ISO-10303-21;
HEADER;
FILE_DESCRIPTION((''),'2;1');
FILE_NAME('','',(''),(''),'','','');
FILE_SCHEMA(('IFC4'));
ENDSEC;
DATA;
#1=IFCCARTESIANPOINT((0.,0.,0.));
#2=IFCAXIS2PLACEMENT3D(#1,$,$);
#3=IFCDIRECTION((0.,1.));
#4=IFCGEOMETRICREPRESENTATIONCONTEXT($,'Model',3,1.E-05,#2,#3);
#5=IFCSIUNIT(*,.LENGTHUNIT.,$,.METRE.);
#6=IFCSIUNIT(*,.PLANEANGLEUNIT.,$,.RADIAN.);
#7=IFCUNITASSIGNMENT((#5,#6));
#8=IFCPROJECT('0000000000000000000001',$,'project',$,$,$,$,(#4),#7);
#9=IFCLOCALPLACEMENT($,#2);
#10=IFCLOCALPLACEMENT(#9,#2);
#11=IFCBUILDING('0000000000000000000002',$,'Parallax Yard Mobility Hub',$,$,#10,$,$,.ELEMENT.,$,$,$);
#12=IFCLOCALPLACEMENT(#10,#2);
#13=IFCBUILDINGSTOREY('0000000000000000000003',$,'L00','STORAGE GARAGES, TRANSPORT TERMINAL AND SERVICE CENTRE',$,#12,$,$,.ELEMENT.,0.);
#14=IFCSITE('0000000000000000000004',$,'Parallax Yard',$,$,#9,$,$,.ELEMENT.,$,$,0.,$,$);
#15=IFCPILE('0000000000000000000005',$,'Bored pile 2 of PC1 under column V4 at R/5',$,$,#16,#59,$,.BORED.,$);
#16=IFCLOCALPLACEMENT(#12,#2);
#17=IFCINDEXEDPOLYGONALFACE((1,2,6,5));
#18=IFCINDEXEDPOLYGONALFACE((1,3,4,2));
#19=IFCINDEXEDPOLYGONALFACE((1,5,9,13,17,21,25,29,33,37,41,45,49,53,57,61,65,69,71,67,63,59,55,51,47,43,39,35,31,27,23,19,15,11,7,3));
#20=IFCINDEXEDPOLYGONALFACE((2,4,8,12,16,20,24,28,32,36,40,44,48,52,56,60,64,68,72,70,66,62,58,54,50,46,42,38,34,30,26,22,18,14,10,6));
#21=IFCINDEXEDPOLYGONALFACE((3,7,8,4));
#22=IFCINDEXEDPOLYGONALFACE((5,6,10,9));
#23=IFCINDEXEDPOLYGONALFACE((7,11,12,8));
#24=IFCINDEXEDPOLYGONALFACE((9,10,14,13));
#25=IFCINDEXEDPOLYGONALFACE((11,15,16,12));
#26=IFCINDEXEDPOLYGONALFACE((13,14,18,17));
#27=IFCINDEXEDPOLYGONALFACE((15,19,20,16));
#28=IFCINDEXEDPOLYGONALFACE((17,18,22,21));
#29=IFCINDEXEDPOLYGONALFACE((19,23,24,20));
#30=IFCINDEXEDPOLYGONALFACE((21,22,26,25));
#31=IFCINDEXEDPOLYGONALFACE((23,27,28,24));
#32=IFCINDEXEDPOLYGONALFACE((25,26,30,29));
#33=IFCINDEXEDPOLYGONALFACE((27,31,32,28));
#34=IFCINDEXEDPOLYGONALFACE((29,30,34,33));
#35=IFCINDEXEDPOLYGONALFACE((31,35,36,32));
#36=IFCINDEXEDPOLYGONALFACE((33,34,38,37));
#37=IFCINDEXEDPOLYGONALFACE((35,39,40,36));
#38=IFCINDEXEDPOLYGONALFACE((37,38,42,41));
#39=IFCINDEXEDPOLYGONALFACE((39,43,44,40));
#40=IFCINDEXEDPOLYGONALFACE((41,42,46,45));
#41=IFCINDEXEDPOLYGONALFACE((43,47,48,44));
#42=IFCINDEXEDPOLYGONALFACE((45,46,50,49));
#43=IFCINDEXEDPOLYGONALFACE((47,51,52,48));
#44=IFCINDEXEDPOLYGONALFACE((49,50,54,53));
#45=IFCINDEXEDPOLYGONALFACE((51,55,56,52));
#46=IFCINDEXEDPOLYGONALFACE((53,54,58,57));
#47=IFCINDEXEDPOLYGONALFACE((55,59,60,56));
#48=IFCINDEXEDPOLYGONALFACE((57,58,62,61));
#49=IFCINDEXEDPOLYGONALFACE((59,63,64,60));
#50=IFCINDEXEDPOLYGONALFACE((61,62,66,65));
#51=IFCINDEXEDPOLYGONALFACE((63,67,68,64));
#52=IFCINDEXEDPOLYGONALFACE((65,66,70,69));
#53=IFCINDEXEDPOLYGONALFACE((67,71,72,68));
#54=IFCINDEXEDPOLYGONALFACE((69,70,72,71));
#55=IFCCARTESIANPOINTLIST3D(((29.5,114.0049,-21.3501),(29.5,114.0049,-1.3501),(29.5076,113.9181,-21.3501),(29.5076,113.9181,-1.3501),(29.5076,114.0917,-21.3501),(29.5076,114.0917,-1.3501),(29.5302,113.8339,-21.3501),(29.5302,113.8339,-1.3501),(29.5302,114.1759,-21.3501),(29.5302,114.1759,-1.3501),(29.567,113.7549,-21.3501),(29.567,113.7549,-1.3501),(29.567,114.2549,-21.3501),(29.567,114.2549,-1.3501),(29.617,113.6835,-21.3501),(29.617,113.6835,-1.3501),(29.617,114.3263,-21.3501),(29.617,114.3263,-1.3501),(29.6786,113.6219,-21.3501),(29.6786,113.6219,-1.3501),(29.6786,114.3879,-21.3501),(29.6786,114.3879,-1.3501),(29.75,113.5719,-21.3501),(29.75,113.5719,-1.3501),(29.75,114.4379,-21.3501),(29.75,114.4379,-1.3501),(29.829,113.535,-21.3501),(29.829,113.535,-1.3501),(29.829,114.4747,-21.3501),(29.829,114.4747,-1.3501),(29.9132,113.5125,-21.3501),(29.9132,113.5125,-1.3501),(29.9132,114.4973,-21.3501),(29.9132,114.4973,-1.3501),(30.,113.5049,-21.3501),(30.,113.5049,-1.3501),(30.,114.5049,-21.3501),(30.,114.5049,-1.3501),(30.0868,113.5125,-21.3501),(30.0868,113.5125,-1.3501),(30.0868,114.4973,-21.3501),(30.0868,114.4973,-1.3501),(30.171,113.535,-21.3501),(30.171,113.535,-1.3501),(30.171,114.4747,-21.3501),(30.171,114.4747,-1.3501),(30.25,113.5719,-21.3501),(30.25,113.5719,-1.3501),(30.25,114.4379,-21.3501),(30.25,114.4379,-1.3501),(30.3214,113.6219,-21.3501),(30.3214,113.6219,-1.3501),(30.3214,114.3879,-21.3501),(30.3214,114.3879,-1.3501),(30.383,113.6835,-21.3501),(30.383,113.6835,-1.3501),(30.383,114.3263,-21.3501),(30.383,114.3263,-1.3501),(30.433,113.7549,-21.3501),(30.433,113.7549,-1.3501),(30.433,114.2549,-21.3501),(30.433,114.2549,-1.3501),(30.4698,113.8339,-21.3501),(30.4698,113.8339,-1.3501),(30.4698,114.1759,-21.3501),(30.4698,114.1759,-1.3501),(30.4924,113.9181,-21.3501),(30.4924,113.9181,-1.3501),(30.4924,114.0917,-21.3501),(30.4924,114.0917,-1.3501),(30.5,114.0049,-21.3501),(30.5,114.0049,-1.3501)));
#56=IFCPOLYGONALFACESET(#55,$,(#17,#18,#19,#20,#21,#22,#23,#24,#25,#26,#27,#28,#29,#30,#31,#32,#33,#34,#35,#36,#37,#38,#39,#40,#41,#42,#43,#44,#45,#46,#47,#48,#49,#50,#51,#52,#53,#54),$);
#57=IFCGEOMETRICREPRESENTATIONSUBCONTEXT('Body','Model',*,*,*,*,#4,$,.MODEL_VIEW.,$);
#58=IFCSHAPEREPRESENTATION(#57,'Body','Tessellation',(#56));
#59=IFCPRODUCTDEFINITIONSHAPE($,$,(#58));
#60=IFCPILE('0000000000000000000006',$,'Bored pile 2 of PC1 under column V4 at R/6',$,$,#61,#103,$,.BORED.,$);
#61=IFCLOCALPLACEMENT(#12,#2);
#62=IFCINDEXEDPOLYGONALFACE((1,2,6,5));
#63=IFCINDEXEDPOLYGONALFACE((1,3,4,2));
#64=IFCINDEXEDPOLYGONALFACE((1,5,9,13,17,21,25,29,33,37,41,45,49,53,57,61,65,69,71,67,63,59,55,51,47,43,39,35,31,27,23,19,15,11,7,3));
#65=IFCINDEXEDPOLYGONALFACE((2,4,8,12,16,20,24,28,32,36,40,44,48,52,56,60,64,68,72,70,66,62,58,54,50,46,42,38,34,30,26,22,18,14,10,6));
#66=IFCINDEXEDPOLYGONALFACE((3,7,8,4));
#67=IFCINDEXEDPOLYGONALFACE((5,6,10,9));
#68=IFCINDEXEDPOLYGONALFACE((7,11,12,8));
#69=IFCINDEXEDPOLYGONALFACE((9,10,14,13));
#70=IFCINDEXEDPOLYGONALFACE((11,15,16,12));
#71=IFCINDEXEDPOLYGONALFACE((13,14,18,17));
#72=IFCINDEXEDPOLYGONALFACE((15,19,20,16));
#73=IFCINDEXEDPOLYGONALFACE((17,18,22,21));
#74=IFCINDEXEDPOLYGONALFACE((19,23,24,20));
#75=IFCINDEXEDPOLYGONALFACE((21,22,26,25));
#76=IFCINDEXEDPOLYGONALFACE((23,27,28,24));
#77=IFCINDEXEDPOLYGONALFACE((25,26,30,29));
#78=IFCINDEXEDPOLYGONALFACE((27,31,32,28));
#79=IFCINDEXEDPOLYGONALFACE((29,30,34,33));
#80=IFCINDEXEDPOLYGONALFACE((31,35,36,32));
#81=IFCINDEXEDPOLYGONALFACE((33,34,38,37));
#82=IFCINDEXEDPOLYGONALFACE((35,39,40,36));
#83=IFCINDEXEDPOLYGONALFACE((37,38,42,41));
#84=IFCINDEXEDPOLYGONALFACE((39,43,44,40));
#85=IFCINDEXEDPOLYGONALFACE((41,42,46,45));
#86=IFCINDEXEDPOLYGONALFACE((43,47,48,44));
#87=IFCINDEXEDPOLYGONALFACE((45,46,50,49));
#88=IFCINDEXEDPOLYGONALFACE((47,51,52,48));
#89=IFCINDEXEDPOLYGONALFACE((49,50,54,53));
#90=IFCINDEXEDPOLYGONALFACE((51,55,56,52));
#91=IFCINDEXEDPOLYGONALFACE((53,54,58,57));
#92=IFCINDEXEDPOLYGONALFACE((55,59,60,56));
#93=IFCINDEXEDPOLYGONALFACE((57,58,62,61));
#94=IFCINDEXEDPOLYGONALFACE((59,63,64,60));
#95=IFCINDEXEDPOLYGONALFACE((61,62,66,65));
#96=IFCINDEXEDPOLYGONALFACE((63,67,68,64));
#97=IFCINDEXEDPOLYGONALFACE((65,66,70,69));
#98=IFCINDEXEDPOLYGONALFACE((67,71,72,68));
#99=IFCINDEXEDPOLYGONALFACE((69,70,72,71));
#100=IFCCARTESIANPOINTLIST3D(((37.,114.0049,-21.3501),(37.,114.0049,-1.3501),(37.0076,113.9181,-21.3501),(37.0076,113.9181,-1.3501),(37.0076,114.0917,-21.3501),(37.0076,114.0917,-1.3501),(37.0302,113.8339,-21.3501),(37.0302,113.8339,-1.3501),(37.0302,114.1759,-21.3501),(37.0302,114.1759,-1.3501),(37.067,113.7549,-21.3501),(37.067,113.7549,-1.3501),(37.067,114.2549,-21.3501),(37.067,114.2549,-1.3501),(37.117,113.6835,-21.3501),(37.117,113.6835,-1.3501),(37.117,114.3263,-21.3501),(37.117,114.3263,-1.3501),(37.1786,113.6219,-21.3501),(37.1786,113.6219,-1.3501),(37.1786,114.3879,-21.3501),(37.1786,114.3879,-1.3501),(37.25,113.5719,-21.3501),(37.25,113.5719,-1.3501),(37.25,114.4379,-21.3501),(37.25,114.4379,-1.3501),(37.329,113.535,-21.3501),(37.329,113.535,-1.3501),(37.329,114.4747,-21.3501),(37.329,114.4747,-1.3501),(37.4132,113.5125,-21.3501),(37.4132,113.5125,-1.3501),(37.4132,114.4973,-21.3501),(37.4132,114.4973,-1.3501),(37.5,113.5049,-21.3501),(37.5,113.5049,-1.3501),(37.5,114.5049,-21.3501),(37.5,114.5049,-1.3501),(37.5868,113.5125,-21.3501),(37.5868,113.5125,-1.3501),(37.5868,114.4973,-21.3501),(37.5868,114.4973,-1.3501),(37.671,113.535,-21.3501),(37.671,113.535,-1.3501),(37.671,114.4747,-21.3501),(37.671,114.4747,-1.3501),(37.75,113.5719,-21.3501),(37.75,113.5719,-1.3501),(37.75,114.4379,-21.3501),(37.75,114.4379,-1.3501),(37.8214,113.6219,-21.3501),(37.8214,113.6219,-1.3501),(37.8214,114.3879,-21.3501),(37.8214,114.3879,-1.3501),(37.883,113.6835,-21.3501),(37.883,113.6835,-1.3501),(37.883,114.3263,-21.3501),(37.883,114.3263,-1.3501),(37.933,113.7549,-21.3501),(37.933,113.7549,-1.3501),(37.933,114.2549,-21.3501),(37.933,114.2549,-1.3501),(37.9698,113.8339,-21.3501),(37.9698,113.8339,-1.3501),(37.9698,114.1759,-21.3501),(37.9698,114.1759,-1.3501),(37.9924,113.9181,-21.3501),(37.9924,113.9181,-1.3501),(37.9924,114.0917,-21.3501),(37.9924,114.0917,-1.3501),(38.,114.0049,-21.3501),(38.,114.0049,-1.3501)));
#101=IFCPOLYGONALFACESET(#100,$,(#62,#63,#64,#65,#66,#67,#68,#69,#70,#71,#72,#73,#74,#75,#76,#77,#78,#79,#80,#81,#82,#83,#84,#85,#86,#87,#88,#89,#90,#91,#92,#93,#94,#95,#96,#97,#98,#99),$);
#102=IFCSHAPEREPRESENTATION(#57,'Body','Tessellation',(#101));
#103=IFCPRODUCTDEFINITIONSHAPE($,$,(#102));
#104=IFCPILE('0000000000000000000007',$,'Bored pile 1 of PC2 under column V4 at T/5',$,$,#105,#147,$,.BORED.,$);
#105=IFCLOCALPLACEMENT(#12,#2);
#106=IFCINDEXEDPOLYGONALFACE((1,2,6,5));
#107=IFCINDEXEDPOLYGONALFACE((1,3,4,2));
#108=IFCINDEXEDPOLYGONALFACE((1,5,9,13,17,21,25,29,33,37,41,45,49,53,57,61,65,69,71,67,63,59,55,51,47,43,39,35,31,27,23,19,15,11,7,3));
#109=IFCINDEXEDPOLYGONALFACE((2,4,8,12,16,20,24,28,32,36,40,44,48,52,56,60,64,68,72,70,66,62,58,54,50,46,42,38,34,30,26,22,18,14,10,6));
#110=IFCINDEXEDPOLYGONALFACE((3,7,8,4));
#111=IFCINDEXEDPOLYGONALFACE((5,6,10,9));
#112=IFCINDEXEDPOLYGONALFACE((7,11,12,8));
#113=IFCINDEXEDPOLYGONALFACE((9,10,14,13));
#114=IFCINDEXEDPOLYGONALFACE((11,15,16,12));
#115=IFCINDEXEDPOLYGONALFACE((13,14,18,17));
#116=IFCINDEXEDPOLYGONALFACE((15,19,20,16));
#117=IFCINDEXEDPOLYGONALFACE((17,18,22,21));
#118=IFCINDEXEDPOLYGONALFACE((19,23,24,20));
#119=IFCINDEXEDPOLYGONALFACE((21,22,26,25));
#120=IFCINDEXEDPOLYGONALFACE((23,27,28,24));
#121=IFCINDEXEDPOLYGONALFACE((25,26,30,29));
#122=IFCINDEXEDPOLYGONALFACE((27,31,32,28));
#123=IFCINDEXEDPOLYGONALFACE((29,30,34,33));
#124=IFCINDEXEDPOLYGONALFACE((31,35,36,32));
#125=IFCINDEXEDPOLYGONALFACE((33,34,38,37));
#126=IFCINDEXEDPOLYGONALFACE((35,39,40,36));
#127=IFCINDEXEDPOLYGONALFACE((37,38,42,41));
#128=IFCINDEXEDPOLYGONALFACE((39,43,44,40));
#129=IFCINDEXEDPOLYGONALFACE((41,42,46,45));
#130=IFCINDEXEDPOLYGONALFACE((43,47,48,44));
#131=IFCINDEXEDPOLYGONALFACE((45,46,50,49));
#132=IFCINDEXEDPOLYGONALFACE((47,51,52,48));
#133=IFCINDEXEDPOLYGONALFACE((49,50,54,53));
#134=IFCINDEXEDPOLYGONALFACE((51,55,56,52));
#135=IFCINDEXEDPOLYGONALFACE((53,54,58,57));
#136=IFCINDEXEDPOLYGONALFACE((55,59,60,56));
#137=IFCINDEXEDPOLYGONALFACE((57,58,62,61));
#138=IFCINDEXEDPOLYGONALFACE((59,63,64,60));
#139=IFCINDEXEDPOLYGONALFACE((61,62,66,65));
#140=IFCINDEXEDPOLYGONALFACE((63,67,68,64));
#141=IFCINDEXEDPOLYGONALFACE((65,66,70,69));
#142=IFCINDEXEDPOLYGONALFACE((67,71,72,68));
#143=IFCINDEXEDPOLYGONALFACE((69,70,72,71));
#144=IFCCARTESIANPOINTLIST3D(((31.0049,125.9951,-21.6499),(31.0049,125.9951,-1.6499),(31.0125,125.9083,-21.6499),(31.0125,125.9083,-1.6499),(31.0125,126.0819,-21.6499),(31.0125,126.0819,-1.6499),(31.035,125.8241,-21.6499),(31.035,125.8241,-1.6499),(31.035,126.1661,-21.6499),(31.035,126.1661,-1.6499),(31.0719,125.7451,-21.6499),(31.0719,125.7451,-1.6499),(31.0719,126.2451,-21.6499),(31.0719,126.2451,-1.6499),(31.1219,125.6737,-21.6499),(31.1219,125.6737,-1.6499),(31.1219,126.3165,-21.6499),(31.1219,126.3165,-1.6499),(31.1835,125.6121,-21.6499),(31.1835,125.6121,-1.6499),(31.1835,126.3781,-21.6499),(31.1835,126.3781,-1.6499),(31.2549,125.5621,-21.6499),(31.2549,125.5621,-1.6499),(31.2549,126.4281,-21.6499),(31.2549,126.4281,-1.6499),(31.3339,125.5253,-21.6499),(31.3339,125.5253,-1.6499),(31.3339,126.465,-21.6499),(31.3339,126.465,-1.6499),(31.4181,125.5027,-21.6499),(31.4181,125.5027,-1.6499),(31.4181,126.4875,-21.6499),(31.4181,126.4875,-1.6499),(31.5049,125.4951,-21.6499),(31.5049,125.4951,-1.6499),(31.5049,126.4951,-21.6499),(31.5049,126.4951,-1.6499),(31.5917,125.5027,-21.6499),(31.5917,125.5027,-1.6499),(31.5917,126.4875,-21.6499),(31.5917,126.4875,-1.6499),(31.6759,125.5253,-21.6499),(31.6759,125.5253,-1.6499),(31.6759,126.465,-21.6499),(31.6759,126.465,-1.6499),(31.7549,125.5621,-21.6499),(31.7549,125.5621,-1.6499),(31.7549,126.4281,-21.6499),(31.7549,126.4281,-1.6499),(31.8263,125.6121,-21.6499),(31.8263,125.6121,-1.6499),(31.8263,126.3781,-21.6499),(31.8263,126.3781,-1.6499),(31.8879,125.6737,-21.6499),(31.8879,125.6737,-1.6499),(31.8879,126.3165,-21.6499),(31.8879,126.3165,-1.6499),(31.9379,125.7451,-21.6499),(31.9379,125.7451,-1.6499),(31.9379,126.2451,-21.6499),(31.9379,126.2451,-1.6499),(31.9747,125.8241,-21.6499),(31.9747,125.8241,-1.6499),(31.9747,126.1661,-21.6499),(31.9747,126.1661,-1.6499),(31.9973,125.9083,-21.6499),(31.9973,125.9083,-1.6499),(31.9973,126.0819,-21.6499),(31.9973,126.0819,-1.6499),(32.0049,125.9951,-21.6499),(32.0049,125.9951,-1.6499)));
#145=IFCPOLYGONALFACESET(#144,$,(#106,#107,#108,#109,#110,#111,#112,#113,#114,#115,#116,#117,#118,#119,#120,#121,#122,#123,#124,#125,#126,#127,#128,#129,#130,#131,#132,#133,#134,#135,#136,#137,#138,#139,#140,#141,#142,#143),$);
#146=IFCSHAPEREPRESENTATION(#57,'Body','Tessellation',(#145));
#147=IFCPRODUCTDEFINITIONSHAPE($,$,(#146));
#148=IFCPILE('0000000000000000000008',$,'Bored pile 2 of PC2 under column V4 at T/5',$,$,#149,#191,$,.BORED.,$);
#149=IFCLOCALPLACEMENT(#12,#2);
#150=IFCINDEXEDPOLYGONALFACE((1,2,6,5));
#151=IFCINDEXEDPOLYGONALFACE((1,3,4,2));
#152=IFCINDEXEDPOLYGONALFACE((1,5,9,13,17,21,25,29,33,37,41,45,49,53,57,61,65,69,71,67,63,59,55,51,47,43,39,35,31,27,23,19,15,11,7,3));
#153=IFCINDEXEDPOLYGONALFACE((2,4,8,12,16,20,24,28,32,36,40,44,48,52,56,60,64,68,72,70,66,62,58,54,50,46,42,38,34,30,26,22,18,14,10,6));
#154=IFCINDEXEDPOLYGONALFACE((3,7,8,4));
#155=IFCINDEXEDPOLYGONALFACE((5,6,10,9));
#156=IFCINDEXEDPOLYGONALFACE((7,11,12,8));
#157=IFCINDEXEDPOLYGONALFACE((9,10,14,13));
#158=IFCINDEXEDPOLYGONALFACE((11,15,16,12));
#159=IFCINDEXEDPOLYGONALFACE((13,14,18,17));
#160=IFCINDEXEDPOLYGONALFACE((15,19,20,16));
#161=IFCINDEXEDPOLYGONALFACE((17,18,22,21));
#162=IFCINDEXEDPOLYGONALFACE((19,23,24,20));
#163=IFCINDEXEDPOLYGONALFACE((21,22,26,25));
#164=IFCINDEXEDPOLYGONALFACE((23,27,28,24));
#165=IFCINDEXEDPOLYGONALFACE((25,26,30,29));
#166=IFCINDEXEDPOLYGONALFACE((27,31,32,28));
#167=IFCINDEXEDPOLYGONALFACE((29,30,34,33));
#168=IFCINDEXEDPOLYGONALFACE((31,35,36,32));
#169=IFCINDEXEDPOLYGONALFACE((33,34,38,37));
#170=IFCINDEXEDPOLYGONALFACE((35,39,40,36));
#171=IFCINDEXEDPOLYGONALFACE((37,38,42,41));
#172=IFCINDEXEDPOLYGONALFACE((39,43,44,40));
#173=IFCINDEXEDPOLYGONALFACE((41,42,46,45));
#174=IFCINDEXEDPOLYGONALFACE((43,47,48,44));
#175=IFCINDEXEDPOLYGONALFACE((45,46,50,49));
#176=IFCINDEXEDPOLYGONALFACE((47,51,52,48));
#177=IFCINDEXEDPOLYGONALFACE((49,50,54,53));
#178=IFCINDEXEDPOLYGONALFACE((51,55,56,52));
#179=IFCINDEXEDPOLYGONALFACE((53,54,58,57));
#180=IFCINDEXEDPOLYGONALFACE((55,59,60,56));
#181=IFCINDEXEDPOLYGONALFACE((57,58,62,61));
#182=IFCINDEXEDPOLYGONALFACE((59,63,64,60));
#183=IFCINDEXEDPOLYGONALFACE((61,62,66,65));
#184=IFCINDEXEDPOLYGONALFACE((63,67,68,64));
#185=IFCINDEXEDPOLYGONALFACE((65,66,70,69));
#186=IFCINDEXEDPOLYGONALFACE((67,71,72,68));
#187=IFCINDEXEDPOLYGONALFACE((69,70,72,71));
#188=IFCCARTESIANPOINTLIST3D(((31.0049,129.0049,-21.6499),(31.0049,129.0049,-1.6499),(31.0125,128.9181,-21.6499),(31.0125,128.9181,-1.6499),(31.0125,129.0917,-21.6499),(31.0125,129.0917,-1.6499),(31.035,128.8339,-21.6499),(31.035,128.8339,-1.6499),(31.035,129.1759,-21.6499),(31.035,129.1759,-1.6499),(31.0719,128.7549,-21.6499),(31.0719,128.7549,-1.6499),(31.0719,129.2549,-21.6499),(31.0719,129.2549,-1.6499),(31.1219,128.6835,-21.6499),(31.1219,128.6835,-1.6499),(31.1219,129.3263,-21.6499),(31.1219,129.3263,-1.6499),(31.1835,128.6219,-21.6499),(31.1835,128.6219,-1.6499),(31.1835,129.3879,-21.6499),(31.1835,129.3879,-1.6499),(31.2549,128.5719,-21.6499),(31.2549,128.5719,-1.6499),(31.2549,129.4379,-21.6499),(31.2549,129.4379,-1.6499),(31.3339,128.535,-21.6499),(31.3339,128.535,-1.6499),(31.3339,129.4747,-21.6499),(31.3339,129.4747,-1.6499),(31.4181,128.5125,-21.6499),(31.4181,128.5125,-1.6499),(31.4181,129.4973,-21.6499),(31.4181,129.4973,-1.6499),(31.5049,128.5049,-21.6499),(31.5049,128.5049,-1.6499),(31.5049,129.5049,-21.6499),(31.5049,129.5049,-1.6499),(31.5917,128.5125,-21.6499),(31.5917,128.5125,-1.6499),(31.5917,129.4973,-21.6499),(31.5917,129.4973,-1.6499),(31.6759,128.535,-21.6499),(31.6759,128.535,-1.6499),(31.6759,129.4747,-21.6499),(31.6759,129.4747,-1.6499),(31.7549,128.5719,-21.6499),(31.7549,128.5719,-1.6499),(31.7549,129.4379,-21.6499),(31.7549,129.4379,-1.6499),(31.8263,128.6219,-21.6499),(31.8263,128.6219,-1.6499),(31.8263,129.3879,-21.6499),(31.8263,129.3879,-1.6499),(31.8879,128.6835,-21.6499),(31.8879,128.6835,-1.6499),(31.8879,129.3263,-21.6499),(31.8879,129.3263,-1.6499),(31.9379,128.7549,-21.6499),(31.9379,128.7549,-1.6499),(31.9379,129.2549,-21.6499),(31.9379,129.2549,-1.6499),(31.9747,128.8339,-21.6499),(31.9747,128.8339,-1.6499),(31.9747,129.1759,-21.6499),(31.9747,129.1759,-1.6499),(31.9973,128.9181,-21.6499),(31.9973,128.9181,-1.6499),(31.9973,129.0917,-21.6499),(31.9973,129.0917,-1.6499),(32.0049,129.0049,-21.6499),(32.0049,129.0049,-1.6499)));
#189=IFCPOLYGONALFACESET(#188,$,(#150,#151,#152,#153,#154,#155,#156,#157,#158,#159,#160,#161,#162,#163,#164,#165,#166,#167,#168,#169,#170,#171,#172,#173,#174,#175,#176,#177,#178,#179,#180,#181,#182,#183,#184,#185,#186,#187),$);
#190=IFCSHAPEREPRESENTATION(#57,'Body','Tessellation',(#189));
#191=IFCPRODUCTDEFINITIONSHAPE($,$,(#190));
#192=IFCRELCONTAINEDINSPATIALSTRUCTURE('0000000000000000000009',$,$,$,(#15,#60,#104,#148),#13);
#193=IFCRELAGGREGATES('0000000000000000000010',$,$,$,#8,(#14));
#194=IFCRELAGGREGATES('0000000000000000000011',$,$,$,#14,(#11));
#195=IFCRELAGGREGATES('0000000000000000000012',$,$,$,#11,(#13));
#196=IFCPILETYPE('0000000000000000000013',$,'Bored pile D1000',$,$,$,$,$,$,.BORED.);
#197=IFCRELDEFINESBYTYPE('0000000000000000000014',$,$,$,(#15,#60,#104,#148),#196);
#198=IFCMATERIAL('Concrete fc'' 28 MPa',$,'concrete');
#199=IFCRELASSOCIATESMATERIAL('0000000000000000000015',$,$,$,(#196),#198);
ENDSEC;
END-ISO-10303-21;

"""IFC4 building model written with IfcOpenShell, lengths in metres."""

from ifc_helpers import new_model, si_unit, direction, frame, origin, origin_2d, place, context, subcontext, project, spatial, circle, extrude, material, material_profile, profile_set, type_object, element, save


model = new_model("IFC4")

# Units and contexts
model_context = context("Model", 3, precision=1e-05, world=origin(), true_north=direction((0.0, 1.0)))
body_context = subcontext(model_context, "Body", "Model", "MODEL_VIEW")
ifc_project = project(units=[si_unit("LENGTHUNIT", "METRE"), si_unit("PLANEANGLEUNIT", "RADIAN")], contexts=[model_context])

# Site, building, storey
site_placement = place(None, origin())
site = spatial("IfcSite", under=ifc_project, at=site_placement, Name="Parallax Yard", CompositionType="ELEMENT", RefElevation=0.0)
building_placement = place(site_placement, origin())
building = spatial("IfcBuilding", under=site, at=building_placement, Name="Parallax Yard Mobility Hub", CompositionType="ELEMENT")
storey_placement = place(building_placement, origin())
storey = spatial("IfcBuildingStorey", under=building, at=storey_placement, Name="L00", Description="STORAGE GARAGES, TRANSPORT TERMINAL AND SERVICE CENTRE", CompositionType="ELEMENT", Elevation=0.0)

# Piles
ifc_material_1 = material(Name="Concrete fc' 28 MPa", Category="concrete")
ifc_material_profile_1 = material_profile(ifc_material_1, circle(Radius=0.5, at=origin_2d()), Name="Bored pile D1000")
ifc_profile_set_1 = profile_set([ifc_material_profile_1], Name="Concrete fc' 28 MPa")
pile_type = type_object("IfcPileType", Name="Bored pile D1000", PredefinedType="BORED", material=ifc_profile_set_1)
for number, where, z_axis, x_axis, name in (
    (1, (30.0, 114.0049, -1.3501), (0.0, 0.0, -1.0), (1.0, 0.0, 0.0), "Bored pile 2 of PC1 under column V4 at R/5"),
    (2, (37.5, 114.0049, -1.3501), (0.0, 0.0, -1.0), (1.0, 0.0, 0.0), "Bored pile 2 of PC1 under column V4 at R/6"),
    (3, (31.5049, 125.9951, -1.6499), (0.0, 0.0, -1.0), (1.0, 0.0, 0.0), "Bored pile 1 of PC2 under column V4 at T/5"),
    (4, (31.5049, 129.0049, -1.6499), (0.0, 0.0, -1.0), (1.0, 0.0, 0.0), "Bored pile 2 of PC2 under column V4 at T/5"),
):
    element("IfcPile", number, at=place(storey_placement, frame(where, z_axis=z_axis, x_axis=x_axis)), inside=storey, type_object=pile_type, Name=name, PredefinedType="BORED", context=body_context, shape_type="SweptSolid", body=[
        extrude(circle(Radius=0.5, at=origin_2d()), origin(), (0.0, 0.0, 1.0), 20.0),
    ])

save(model, "model.ifc")
